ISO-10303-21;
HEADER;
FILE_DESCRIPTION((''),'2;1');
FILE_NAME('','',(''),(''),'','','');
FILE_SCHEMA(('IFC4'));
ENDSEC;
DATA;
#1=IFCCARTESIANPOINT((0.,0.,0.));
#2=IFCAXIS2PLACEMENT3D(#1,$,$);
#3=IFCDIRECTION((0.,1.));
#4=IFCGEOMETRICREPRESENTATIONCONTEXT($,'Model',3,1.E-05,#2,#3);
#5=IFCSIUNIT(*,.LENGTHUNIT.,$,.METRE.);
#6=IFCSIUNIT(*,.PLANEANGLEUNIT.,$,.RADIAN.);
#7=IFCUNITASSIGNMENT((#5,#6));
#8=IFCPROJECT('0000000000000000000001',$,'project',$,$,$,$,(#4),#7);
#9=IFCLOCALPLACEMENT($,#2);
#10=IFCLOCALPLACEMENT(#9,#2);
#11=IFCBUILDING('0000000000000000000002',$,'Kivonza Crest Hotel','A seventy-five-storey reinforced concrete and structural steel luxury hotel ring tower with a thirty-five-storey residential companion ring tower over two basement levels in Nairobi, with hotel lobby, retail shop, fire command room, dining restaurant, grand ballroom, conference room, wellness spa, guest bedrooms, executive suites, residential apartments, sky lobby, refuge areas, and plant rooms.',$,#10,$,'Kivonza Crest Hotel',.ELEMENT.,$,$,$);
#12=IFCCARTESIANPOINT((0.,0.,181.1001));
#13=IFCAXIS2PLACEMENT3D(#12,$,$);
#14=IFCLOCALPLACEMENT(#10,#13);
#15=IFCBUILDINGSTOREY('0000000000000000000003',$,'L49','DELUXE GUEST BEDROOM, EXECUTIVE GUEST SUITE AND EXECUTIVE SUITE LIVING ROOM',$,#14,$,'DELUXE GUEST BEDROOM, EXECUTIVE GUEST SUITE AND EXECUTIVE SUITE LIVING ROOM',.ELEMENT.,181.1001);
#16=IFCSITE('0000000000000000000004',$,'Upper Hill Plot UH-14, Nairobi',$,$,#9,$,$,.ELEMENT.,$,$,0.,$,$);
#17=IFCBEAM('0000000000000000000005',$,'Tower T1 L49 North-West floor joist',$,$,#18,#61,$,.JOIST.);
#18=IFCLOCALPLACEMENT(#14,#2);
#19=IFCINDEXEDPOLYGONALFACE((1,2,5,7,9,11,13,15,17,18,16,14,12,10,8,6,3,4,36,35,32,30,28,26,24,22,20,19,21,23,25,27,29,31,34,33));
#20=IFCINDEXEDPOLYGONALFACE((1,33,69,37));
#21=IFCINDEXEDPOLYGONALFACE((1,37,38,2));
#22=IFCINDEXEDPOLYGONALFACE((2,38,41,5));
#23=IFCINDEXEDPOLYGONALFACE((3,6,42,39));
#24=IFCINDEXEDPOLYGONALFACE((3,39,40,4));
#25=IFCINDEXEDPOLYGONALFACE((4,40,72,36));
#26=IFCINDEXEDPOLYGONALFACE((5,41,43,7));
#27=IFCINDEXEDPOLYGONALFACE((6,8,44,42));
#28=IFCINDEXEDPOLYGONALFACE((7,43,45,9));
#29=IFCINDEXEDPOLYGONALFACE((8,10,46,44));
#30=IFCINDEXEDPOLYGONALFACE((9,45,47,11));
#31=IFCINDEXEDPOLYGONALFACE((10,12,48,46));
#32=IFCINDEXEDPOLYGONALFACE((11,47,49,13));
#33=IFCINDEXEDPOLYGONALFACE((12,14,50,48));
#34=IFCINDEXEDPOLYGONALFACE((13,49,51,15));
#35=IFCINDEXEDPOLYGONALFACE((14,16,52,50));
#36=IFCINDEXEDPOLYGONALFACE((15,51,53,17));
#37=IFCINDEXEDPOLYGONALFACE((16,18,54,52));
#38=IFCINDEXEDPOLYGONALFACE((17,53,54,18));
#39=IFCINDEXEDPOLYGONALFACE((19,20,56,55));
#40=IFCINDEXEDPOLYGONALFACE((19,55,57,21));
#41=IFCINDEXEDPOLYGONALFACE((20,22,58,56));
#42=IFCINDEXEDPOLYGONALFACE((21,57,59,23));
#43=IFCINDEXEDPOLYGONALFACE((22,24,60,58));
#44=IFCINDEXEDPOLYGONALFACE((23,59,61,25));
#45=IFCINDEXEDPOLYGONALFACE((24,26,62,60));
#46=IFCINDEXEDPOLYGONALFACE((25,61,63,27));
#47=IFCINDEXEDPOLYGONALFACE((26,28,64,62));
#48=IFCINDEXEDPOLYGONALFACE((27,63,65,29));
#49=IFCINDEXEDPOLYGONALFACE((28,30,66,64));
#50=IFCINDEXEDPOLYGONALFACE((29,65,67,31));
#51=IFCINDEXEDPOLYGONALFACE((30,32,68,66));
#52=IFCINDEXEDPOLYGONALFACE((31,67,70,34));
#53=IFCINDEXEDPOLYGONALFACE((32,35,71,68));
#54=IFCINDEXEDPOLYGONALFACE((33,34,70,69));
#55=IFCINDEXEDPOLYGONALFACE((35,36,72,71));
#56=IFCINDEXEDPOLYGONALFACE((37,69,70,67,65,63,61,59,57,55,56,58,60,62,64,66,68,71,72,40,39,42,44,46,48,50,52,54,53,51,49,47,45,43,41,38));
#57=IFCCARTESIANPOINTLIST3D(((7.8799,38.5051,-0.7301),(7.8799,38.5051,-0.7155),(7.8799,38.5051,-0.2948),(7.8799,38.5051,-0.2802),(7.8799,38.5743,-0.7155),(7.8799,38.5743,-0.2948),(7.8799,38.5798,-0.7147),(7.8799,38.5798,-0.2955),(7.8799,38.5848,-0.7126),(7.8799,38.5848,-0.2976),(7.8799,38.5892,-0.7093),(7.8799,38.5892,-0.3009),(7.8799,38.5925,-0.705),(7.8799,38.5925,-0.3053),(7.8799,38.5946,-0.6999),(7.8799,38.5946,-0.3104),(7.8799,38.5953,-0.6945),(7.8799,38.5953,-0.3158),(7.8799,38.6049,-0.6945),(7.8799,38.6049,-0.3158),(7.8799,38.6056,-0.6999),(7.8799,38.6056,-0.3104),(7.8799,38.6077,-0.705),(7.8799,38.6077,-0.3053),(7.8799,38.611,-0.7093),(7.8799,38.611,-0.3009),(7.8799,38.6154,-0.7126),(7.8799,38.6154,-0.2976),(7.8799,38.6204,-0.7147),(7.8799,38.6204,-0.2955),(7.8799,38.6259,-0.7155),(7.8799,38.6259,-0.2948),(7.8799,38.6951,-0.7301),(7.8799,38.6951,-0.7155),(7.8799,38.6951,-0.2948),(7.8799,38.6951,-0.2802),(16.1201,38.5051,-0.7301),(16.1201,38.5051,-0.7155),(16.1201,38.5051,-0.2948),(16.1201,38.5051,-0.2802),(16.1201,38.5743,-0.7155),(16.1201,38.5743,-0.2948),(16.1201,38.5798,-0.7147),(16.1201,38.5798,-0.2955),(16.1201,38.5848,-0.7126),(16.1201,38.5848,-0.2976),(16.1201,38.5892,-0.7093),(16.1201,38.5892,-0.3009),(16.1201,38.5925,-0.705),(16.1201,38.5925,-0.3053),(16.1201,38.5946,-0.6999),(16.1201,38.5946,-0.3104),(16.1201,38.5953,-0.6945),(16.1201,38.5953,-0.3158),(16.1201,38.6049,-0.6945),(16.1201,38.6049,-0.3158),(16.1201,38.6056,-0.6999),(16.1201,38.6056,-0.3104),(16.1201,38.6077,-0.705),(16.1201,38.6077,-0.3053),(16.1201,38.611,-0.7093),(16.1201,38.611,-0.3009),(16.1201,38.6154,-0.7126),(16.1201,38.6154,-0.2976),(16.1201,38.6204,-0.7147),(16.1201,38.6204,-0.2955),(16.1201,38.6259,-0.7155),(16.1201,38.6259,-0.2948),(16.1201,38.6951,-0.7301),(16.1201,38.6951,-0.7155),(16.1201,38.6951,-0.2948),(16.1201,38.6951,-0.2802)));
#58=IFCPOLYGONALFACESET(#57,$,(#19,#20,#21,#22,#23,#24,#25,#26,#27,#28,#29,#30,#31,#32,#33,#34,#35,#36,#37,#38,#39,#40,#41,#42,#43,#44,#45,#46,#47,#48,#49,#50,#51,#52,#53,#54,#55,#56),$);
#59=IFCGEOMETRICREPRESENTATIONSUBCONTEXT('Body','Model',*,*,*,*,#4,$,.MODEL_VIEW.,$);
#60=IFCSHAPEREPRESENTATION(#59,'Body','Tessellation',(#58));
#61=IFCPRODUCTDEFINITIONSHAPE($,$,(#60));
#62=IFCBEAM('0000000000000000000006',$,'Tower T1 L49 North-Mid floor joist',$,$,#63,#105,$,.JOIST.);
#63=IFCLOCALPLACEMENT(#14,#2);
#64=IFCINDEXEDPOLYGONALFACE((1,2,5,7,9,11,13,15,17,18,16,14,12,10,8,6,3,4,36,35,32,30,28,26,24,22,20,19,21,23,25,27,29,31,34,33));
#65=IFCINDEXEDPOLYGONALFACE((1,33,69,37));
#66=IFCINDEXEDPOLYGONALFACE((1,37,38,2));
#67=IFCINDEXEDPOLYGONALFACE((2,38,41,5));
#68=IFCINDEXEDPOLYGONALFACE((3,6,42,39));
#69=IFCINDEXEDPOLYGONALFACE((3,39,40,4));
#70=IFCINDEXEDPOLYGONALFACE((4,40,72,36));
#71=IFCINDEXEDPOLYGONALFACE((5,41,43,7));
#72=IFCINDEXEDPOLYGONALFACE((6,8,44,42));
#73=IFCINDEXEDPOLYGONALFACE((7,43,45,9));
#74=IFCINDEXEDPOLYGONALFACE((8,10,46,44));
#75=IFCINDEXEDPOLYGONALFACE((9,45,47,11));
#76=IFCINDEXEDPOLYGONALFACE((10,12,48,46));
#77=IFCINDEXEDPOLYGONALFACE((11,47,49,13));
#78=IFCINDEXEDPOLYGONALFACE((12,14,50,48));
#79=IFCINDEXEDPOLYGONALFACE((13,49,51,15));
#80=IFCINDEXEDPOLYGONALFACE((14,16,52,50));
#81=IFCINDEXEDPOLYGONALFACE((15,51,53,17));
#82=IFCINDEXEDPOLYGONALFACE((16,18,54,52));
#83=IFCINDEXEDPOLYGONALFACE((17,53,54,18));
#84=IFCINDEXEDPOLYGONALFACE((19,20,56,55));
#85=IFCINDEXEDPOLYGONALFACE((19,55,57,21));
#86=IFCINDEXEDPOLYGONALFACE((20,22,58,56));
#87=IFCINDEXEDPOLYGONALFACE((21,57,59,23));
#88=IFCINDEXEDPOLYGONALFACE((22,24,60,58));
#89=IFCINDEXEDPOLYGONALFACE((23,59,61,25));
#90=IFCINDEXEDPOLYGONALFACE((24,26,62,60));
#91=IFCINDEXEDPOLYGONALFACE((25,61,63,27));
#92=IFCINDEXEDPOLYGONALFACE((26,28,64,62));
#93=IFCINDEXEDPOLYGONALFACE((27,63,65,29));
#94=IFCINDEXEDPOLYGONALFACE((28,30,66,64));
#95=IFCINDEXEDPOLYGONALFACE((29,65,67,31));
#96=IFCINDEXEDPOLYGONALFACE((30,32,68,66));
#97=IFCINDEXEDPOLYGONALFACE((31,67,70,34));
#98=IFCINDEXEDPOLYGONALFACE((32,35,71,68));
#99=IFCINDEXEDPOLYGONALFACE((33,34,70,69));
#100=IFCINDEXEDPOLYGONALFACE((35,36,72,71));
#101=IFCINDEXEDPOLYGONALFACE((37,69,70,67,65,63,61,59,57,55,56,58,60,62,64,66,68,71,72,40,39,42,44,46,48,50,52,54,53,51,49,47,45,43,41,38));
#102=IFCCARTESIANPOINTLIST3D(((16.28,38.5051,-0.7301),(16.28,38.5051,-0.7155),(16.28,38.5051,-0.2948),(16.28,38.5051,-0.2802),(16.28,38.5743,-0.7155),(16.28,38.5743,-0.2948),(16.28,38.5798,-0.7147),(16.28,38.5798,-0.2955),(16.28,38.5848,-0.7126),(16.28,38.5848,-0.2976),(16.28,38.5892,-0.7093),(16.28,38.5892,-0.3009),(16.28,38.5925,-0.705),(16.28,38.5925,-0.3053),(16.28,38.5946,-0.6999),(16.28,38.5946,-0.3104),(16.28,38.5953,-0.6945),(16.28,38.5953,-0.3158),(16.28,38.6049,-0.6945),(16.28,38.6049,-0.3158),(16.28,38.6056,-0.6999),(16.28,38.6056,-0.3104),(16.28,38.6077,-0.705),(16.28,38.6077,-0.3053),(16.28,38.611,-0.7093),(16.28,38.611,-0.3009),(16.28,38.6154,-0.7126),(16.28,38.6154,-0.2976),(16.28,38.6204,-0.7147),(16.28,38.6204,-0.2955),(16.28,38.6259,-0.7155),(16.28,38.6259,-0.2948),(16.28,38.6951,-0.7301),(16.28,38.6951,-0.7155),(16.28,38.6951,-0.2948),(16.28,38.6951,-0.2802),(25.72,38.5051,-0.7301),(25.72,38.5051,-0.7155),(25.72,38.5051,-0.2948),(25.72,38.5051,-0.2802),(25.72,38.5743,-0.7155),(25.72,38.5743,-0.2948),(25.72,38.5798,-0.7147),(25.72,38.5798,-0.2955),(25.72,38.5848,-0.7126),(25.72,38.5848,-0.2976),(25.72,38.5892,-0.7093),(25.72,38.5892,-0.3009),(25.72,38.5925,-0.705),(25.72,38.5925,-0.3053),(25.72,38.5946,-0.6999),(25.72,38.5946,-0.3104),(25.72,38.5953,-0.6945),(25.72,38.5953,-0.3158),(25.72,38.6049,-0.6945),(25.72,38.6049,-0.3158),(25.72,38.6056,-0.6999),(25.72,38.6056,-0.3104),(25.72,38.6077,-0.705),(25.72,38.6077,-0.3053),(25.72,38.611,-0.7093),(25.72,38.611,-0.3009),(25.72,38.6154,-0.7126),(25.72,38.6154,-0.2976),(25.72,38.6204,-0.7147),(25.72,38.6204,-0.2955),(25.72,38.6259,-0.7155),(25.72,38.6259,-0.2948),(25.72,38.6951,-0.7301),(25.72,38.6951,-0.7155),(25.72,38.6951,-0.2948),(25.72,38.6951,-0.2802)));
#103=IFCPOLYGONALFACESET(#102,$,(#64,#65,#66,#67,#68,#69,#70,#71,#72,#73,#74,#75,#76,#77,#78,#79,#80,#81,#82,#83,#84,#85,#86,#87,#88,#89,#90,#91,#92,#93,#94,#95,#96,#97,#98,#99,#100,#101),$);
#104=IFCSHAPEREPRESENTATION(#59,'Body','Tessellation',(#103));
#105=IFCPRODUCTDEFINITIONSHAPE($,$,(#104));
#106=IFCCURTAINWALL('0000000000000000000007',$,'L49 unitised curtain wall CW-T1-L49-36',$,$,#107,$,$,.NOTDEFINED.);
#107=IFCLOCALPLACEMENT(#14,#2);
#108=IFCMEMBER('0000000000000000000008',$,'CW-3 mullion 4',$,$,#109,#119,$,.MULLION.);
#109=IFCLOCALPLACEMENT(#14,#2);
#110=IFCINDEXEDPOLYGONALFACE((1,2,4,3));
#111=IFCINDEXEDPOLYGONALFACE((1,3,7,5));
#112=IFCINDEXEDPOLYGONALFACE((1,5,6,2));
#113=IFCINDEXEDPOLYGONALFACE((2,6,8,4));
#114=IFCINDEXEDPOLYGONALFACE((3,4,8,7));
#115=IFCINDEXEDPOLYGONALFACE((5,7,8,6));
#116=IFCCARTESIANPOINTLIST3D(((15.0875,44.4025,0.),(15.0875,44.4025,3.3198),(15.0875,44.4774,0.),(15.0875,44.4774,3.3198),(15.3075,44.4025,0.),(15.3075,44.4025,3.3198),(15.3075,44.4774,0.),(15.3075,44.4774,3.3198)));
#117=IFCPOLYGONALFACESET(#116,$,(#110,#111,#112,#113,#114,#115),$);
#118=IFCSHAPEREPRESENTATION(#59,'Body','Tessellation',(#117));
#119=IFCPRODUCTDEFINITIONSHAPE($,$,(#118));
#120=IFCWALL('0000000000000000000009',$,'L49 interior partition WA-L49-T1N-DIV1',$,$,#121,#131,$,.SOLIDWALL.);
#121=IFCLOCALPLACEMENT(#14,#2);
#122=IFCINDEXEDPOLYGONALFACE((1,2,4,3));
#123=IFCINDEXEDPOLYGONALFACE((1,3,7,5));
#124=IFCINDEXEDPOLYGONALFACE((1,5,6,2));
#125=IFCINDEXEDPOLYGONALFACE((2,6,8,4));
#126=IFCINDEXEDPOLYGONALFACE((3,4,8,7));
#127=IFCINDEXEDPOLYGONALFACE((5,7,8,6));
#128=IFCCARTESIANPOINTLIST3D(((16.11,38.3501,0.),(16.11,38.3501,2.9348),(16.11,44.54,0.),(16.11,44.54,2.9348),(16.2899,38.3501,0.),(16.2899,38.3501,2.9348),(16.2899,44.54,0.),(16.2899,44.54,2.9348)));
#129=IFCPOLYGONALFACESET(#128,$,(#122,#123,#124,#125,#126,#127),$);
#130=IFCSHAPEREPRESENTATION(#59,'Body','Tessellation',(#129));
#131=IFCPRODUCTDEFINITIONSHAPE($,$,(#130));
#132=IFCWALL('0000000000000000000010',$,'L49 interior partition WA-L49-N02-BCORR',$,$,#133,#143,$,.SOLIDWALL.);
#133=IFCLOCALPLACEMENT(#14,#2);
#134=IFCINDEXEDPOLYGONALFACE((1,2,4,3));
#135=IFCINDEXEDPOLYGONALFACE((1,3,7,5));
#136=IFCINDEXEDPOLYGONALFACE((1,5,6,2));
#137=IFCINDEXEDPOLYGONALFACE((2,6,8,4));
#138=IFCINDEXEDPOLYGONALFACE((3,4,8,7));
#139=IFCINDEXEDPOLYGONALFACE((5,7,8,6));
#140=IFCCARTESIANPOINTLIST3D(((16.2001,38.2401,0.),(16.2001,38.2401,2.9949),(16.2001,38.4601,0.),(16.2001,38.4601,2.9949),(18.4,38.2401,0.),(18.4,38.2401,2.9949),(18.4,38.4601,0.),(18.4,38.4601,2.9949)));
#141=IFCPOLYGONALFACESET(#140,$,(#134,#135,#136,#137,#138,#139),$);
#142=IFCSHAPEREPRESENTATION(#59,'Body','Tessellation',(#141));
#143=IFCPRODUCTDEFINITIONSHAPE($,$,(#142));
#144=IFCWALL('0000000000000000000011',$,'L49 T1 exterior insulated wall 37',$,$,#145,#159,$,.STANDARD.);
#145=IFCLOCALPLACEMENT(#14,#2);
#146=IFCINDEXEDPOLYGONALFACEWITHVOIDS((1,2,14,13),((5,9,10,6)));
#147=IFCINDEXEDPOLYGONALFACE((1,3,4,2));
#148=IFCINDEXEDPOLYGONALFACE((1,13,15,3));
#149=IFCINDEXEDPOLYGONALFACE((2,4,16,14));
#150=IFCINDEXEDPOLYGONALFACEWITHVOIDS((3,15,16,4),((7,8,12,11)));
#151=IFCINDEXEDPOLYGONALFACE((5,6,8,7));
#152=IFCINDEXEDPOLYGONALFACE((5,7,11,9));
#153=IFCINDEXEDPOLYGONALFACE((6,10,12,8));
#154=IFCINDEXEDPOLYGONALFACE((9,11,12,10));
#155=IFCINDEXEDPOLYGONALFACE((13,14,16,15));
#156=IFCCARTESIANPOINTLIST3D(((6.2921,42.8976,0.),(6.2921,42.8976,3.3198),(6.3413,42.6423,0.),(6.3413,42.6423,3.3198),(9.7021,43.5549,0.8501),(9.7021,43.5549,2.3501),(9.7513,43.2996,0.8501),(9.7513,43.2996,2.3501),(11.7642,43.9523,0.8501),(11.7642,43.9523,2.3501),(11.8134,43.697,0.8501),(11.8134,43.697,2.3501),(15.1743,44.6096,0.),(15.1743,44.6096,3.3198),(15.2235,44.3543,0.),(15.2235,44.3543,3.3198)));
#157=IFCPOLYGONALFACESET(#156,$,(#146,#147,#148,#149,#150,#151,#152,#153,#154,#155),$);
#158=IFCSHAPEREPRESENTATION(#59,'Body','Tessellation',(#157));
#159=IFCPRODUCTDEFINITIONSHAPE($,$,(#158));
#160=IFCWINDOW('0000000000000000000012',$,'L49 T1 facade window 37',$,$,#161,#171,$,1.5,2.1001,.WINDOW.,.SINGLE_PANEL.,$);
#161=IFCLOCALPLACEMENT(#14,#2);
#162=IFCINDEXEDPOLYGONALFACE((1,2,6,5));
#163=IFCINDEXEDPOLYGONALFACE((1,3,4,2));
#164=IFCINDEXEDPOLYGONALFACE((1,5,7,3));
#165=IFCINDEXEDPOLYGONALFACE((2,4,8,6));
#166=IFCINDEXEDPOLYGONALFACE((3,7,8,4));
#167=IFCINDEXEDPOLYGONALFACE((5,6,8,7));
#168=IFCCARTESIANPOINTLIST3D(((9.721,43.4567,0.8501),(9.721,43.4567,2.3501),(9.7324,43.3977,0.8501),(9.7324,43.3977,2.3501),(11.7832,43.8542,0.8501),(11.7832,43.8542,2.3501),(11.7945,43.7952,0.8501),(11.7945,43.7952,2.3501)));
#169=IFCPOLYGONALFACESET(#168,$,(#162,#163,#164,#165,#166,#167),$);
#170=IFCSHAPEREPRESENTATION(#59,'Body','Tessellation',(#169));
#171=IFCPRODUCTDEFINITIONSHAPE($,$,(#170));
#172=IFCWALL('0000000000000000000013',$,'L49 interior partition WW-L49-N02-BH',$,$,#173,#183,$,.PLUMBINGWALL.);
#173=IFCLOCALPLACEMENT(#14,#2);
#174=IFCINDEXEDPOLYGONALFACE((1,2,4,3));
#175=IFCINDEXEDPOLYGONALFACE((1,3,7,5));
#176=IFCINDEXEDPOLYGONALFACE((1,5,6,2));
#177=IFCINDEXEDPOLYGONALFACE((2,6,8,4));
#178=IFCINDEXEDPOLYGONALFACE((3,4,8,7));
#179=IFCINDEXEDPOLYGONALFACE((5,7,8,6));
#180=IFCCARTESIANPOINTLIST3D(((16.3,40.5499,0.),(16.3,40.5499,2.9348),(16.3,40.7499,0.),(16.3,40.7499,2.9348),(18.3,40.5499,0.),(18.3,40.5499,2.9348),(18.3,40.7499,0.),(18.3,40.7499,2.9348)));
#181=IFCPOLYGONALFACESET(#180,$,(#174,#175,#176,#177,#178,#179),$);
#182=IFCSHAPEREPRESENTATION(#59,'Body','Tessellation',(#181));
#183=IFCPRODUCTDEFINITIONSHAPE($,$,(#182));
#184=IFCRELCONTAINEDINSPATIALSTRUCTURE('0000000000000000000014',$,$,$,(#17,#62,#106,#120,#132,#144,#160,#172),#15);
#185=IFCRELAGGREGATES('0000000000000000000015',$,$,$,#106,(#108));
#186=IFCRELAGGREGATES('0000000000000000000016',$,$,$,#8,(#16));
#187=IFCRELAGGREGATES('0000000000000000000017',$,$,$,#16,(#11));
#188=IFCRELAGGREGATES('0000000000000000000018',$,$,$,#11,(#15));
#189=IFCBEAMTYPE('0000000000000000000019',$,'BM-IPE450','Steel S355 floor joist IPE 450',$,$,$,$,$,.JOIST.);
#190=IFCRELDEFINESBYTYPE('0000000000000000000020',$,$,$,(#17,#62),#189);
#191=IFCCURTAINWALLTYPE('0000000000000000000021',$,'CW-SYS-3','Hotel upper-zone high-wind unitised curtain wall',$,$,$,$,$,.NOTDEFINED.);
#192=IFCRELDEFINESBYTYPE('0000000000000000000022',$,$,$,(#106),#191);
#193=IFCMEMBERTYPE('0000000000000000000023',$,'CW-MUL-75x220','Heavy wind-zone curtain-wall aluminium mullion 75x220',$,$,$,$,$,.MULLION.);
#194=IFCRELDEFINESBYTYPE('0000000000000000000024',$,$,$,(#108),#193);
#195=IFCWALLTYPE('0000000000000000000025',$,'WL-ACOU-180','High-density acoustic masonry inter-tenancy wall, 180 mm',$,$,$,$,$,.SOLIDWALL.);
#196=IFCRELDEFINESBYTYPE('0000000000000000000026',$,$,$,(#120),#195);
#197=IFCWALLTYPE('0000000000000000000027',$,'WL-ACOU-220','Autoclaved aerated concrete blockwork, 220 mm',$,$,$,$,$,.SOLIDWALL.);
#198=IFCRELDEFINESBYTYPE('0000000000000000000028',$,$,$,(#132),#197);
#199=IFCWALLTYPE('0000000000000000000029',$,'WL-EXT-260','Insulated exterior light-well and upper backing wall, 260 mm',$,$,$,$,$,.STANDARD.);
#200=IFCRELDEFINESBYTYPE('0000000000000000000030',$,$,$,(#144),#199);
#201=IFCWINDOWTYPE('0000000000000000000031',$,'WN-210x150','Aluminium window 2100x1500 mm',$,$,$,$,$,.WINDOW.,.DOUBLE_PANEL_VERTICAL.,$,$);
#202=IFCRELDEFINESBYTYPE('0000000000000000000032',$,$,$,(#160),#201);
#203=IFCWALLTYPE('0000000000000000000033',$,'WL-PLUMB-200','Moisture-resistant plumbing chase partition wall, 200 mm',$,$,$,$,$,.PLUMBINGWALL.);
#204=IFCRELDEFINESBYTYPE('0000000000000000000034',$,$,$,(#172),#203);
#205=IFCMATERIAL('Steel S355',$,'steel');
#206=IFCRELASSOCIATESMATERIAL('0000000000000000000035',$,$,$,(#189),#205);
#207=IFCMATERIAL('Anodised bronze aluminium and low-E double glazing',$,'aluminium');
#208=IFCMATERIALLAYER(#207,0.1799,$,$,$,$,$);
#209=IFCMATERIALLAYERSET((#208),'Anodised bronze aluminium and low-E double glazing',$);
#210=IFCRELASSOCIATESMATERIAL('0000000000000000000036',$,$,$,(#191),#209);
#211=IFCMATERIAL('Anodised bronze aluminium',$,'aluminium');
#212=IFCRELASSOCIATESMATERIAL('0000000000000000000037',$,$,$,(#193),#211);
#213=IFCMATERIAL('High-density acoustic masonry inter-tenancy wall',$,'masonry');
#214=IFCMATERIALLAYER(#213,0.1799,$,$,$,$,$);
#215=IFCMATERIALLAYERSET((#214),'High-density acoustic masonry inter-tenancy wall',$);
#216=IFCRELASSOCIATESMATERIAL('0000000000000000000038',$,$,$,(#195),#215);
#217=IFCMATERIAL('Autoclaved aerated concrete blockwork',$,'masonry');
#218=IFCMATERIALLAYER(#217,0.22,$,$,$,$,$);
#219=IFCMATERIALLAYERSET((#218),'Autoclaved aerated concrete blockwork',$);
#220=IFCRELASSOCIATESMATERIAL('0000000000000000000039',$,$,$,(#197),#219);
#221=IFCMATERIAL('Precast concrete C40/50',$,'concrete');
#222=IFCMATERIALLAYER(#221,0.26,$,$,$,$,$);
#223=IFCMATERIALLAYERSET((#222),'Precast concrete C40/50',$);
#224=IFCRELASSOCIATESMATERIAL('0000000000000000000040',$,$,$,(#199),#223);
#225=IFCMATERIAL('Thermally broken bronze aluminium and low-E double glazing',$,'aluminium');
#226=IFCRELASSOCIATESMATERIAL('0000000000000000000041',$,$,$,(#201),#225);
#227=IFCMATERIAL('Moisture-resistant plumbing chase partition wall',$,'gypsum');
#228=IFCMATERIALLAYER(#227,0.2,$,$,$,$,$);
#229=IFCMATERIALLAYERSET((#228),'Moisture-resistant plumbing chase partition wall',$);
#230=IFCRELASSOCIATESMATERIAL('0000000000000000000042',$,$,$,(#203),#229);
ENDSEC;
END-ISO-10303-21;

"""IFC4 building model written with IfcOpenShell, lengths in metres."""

from ifc_helpers import new_model, si_unit, direction, frame, frame_2d, origin, origin_2d, place, context, subcontext, project, spatial, rectangle, i_section, extrude, material, layer, layer_set, material_profile, profile_set, type_object, element, fill, aggregate, save


model = new_model("IFC4")

# Units and contexts
model_context = context("Model", 3, precision=1e-05, world=origin(), true_north=direction((0.0, 1.0)))
body_context = subcontext(model_context, "Body", "Model", "MODEL_VIEW")
ifc_project = project(units=[si_unit("LENGTHUNIT", "METRE"), si_unit("PLANEANGLEUNIT", "RADIAN")], contexts=[model_context])

# Site, building, storey
site_placement = place(None, origin())
site = spatial("IfcSite", under=ifc_project, at=site_placement, Name="Upper Hill Plot UH-14, Nairobi", CompositionType="ELEMENT", RefElevation=0.0)
building_placement = place(site_placement, origin())
building = spatial("IfcBuilding", under=site, at=building_placement, Name="Kivonza Crest Hotel", Description="A seventy-five-storey reinforced concrete and structural steel luxury hotel ring tower with a thirty-five-storey residential companion ring tower over two basement levels in Nairobi, with hotel lobby, retail shop, fire command room, dining restaurant, grand ballroom, conference room, wellness spa, guest bedrooms, executive suites, residential apartments, sky lobby, refuge areas, and plant rooms.", LongName="Kivonza Crest Hotel", CompositionType="ELEMENT")
storey_placement = place(building_placement, frame((0.0, 0.0, 181.1001)))
storey = spatial("IfcBuildingStorey", under=building, at=storey_placement, Name="L49", Description="DELUXE GUEST BEDROOM, EXECUTIVE GUEST SUITE AND EXECUTIVE SUITE LIVING ROOM", LongName="DELUXE GUEST BEDROOM, EXECUTIVE GUEST SUITE AND EXECUTIVE SUITE LIVING ROOM", CompositionType="ELEMENT", Elevation=181.1001)

# Beams
ifc_material_1 = material(Name="Steel S355", Category="steel")
ifc_material_profile_1 = material_profile(ifc_material_1, i_section(OverallWidth=0.1899, OverallDepth=0.45, WebThickness=0.0095, FlangeThickness=0.0146, FilletRadius=0.021, at=origin_2d()), Name="IPE 450")
ifc_profile_set_1 = profile_set([ifc_material_profile_1], Name="Steel S355")
beam_type_1 = type_object("IfcBeamType", Name="BM-IPE450", Description="Steel S355 floor joist IPE 450", PredefinedType="JOIST", material=ifc_profile_set_1)
beam_1_placement = place(storey_placement, frame((7.8799, 38.6001, -0.5051), z_axis=(1.0, 0.0, 0.0), x_axis=(0.0, 1.0, 0.0)))
element("IfcBeam", 1, at=beam_1_placement, inside=storey, type_object=beam_type_1, Name="Tower T1 L49 North-West floor joist", PredefinedType="JOIST", context=body_context, shape_type="SweptSolid", body=[
    extrude(i_section(OverallWidth=0.1899, OverallDepth=0.45, WebThickness=0.0095, FlangeThickness=0.0146, FilletRadius=0.021, at=origin_2d()), origin(), (0.0, 0.0, 1.0), 8.2402),
])
beam_2_placement = place(storey_placement, frame((16.28, 38.6001, -0.5051), z_axis=(1.0, 0.0, 0.0), x_axis=(0.0, 1.0, 0.0)))
element("IfcBeam", 2, at=beam_2_placement, inside=storey, type_object=beam_type_1, Name="Tower T1 L49 North-Mid floor joist", PredefinedType="JOIST", context=body_context, shape_type="SweptSolid", body=[
    extrude(i_section(OverallWidth=0.1899, OverallDepth=0.45, WebThickness=0.0095, FlangeThickness=0.0146, FilletRadius=0.021, at=origin_2d()), origin(), (0.0, 0.0, 1.0), 9.4399),
])

# Curtain wall, member
ifc_material_2 = material(Name="Anodised bronze aluminium and low-E double glazing", Category="aluminium")
ifc_layer_1 = layer(ifc_material_2, 0.1799)
ifc_layer_set_1 = layer_set([ifc_layer_1], Name="Anodised bronze aluminium and low-E double glazing")
curtain_wall_type = type_object("IfcCurtainWallType", Name="CW-SYS-3", Description="Hotel upper-zone high-wind unitised curtain wall", PredefinedType="NOTDEFINED", material=ifc_layer_set_1)
curtain_wall_placement = place(storey_placement, origin())
curtain_wall = element("IfcCurtainWall", 3, at=curtain_wall_placement, inside=storey, type_object=curtain_wall_type, Name="L49 unitised curtain wall CW-T1-L49-36", PredefinedType="NOTDEFINED")
ifc_material_3 = material(Name="Anodised bronze aluminium", Category="aluminium")
ifc_material_profile_2 = material_profile(ifc_material_3, rectangle(XDim=0.075, YDim=0.22, at=origin_2d()), Name="CW-M 75x220")
ifc_profile_set_2 = profile_set([ifc_material_profile_2], Name="Anodised bronze aluminium")
member_type = type_object("IfcMemberType", Name="CW-MUL-75x220", Description="Heavy wind-zone curtain-wall aluminium mullion 75x220", PredefinedType="MULLION", material=ifc_profile_set_2)
member_placement = place(storey_placement, frame((15.1975, 44.4399, 0.0), z_axis=(0.0, 0.0, 1.0), x_axis=(0.0, -1.0, 0.0)))
member = element("IfcMember", 4, at=member_placement, type_object=member_type, Name="CW-3 mullion 4", PredefinedType="MULLION", context=body_context, shape_type="SweptSolid", body=[
    extrude(rectangle(XDim=0.075, YDim=0.22, at=origin_2d()), origin(), (0.0, 0.0, 1.0), 3.3198),
])
aggregate(curtain_wall, [member])

# Walls
ifc_material_4 = material(Name="High-density acoustic masonry inter-tenancy wall", Category="masonry")
ifc_layer_2 = layer(ifc_material_4, 0.1799)
ifc_layer_set_2 = layer_set([ifc_layer_2], Name="High-density acoustic masonry inter-tenancy wall")
wall_type_1 = type_object("IfcWallType", Name="WL-ACOU-180", Description="High-density acoustic masonry inter-tenancy wall, 180 mm", PredefinedType="SOLIDWALL", material=ifc_layer_set_2)
wall_1_placement = place(storey_placement, frame((16.2, 38.3501, 0.0), z_axis=(0.0, 0.0, 1.0), x_axis=(0.0, 1.0, 0.0)))
element("IfcWall", 5, at=wall_1_placement, inside=storey, type_object=wall_type_1, Name="L49 interior partition WA-L49-T1N-DIV1", PredefinedType="SOLIDWALL", context=body_context, shape_type="SweptSolid", body=[
    extrude(rectangle(XDim=6.1899, YDim=0.1799, at=frame_2d((3.095, 0.0))), origin(), (0.0, 0.0, 1.0), 2.9348),
])
ifc_material_5 = material(Name="Autoclaved aerated concrete blockwork", Category="masonry")
ifc_layer_3 = layer(ifc_material_5, 0.22)
ifc_layer_set_3 = layer_set([ifc_layer_3], Name="Autoclaved aerated concrete blockwork")
wall_type_2 = type_object("IfcWallType", Name="WL-ACOU-220", Description="Autoclaved aerated concrete blockwork, 220 mm", PredefinedType="SOLIDWALL", material=ifc_layer_set_3)
wall_2_placement = place(storey_placement, frame((16.2, 38.3501, 0.0), z_axis=(0.0, 0.0, 1.0), x_axis=(1.0, 0.0, 0.0)))
element("IfcWall", 6, at=wall_2_placement, inside=storey, type_object=wall_type_2, Name="L49 interior partition WA-L49-N02-BCORR", PredefinedType="SOLIDWALL", context=body_context, shape_type="SweptSolid", body=[
    extrude(rectangle(XDim=2.2, YDim=0.22, at=frame_2d((1.1001, 0.0))), origin(), (0.0, 0.0, 1.0), 2.9949),
])

# Wall, opening, window
ifc_material_6 = material(Name="Precast concrete C40/50", Category="concrete")
ifc_layer_4 = layer(ifc_material_6, 0.26)
ifc_layer_set_4 = layer_set([ifc_layer_4], Name="Precast concrete C40/50")
wall_type_3 = type_object("IfcWallType", Name="WL-EXT-260", Description="Insulated exterior light-well and upper backing wall, 260 mm", PredefinedType="STANDARD", material=ifc_layer_set_4)
wall_3_placement = place(storey_placement, frame((15.199, 44.4819, 0.0), z_axis=(0.0, 0.0, 1.0), x_axis=(-0.981928, -0.189255, 0.0)))
wall_3 = element("IfcWall", 7, at=wall_3_placement, inside=storey, type_object=wall_type_3, Name="L49 T1 exterior insulated wall 37", PredefinedType="STANDARD", context=body_context, shape_type="SweptSolid", body=[
    extrude(rectangle(XDim=9.0457, YDim=0.26, at=frame_2d((4.5229, 0.0))), origin(), (0.0, 0.0, 1.0), 3.3198),
])
opening_placement = place(wall_3_placement, frame((3.4729, 0.0, 0.8501)))
opening = element("IfcOpeningElement", 8, at=opening_placement, cuts=wall_3, PredefinedType="OPENING", context=body_context, shape_type="SweptSolid", body=[
    extrude(rectangle(XDim=2.1001, YDim=1.5, at=frame_2d((1.05, 0.75))), frame((0.0, 0.1401, 0.0), z_axis=(0.0, -1.0, 0.0), x_axis=(1.0, 0.0, 0.0)), (0.0, 0.0, 1.0), 0.28),
])
ifc_material_7 = material(Name="Thermally broken bronze aluminium and low-E double glazing", Category="aluminium")
window_type = type_object("IfcWindowType", Name="WN-210x150", Description="Aluminium window 2100x1500 mm", PartitioningType="DOUBLE_PANEL_VERTICAL", PredefinedType="WINDOW", material=ifc_material_7)
window_placement = place(opening_placement, origin())
window = element("IfcWindow", 9, at=window_placement, inside=storey, type_object=window_type, Name="L49 T1 facade window 37", OverallHeight=1.5, OverallWidth=2.1001, PartitioningType="SINGLE_PANEL", PredefinedType="WINDOW", context=body_context, shape_type="SweptSolid", body=[
    extrude(rectangle(XDim=2.1001, YDim=1.5, at=frame_2d((1.05, 0.75))), frame((0.0, 0.03, 0.0), z_axis=(0.0, -1.0, 0.0), x_axis=(1.0, 0.0, 0.0)), (0.0, 0.0, 1.0), 0.0601),
])
fill(opening, window)

# Wall
ifc_material_8 = material(Name="Moisture-resistant plumbing chase partition wall", Category="gypsum")
ifc_layer_5 = layer(ifc_material_8, 0.2)
ifc_layer_set_5 = layer_set([ifc_layer_5], Name="Moisture-resistant plumbing chase partition wall")
wall_type_4 = type_object("IfcWallType", Name="WL-PLUMB-200", Description="Moisture-resistant plumbing chase partition wall, 200 mm", PredefinedType="PLUMBINGWALL", material=ifc_layer_set_5)
wall_4_placement = place(storey_placement, frame((16.3, 40.6499, 0.0), z_axis=(0.0, 0.0, 1.0), x_axis=(1.0, 0.0, 0.0)))
element("IfcWall", 10, at=wall_4_placement, inside=storey, type_object=wall_type_4, Name="L49 interior partition WW-L49-N02-BH", PredefinedType="PLUMBINGWALL", context=body_context, shape_type="SweptSolid", body=[
    extrude(rectangle(XDim=2.0, YDim=0.2, at=frame_2d((1.0, 0.0))), origin(), (0.0, 0.0, 1.0), 2.9348),
])

save(model, "model.ifc")
